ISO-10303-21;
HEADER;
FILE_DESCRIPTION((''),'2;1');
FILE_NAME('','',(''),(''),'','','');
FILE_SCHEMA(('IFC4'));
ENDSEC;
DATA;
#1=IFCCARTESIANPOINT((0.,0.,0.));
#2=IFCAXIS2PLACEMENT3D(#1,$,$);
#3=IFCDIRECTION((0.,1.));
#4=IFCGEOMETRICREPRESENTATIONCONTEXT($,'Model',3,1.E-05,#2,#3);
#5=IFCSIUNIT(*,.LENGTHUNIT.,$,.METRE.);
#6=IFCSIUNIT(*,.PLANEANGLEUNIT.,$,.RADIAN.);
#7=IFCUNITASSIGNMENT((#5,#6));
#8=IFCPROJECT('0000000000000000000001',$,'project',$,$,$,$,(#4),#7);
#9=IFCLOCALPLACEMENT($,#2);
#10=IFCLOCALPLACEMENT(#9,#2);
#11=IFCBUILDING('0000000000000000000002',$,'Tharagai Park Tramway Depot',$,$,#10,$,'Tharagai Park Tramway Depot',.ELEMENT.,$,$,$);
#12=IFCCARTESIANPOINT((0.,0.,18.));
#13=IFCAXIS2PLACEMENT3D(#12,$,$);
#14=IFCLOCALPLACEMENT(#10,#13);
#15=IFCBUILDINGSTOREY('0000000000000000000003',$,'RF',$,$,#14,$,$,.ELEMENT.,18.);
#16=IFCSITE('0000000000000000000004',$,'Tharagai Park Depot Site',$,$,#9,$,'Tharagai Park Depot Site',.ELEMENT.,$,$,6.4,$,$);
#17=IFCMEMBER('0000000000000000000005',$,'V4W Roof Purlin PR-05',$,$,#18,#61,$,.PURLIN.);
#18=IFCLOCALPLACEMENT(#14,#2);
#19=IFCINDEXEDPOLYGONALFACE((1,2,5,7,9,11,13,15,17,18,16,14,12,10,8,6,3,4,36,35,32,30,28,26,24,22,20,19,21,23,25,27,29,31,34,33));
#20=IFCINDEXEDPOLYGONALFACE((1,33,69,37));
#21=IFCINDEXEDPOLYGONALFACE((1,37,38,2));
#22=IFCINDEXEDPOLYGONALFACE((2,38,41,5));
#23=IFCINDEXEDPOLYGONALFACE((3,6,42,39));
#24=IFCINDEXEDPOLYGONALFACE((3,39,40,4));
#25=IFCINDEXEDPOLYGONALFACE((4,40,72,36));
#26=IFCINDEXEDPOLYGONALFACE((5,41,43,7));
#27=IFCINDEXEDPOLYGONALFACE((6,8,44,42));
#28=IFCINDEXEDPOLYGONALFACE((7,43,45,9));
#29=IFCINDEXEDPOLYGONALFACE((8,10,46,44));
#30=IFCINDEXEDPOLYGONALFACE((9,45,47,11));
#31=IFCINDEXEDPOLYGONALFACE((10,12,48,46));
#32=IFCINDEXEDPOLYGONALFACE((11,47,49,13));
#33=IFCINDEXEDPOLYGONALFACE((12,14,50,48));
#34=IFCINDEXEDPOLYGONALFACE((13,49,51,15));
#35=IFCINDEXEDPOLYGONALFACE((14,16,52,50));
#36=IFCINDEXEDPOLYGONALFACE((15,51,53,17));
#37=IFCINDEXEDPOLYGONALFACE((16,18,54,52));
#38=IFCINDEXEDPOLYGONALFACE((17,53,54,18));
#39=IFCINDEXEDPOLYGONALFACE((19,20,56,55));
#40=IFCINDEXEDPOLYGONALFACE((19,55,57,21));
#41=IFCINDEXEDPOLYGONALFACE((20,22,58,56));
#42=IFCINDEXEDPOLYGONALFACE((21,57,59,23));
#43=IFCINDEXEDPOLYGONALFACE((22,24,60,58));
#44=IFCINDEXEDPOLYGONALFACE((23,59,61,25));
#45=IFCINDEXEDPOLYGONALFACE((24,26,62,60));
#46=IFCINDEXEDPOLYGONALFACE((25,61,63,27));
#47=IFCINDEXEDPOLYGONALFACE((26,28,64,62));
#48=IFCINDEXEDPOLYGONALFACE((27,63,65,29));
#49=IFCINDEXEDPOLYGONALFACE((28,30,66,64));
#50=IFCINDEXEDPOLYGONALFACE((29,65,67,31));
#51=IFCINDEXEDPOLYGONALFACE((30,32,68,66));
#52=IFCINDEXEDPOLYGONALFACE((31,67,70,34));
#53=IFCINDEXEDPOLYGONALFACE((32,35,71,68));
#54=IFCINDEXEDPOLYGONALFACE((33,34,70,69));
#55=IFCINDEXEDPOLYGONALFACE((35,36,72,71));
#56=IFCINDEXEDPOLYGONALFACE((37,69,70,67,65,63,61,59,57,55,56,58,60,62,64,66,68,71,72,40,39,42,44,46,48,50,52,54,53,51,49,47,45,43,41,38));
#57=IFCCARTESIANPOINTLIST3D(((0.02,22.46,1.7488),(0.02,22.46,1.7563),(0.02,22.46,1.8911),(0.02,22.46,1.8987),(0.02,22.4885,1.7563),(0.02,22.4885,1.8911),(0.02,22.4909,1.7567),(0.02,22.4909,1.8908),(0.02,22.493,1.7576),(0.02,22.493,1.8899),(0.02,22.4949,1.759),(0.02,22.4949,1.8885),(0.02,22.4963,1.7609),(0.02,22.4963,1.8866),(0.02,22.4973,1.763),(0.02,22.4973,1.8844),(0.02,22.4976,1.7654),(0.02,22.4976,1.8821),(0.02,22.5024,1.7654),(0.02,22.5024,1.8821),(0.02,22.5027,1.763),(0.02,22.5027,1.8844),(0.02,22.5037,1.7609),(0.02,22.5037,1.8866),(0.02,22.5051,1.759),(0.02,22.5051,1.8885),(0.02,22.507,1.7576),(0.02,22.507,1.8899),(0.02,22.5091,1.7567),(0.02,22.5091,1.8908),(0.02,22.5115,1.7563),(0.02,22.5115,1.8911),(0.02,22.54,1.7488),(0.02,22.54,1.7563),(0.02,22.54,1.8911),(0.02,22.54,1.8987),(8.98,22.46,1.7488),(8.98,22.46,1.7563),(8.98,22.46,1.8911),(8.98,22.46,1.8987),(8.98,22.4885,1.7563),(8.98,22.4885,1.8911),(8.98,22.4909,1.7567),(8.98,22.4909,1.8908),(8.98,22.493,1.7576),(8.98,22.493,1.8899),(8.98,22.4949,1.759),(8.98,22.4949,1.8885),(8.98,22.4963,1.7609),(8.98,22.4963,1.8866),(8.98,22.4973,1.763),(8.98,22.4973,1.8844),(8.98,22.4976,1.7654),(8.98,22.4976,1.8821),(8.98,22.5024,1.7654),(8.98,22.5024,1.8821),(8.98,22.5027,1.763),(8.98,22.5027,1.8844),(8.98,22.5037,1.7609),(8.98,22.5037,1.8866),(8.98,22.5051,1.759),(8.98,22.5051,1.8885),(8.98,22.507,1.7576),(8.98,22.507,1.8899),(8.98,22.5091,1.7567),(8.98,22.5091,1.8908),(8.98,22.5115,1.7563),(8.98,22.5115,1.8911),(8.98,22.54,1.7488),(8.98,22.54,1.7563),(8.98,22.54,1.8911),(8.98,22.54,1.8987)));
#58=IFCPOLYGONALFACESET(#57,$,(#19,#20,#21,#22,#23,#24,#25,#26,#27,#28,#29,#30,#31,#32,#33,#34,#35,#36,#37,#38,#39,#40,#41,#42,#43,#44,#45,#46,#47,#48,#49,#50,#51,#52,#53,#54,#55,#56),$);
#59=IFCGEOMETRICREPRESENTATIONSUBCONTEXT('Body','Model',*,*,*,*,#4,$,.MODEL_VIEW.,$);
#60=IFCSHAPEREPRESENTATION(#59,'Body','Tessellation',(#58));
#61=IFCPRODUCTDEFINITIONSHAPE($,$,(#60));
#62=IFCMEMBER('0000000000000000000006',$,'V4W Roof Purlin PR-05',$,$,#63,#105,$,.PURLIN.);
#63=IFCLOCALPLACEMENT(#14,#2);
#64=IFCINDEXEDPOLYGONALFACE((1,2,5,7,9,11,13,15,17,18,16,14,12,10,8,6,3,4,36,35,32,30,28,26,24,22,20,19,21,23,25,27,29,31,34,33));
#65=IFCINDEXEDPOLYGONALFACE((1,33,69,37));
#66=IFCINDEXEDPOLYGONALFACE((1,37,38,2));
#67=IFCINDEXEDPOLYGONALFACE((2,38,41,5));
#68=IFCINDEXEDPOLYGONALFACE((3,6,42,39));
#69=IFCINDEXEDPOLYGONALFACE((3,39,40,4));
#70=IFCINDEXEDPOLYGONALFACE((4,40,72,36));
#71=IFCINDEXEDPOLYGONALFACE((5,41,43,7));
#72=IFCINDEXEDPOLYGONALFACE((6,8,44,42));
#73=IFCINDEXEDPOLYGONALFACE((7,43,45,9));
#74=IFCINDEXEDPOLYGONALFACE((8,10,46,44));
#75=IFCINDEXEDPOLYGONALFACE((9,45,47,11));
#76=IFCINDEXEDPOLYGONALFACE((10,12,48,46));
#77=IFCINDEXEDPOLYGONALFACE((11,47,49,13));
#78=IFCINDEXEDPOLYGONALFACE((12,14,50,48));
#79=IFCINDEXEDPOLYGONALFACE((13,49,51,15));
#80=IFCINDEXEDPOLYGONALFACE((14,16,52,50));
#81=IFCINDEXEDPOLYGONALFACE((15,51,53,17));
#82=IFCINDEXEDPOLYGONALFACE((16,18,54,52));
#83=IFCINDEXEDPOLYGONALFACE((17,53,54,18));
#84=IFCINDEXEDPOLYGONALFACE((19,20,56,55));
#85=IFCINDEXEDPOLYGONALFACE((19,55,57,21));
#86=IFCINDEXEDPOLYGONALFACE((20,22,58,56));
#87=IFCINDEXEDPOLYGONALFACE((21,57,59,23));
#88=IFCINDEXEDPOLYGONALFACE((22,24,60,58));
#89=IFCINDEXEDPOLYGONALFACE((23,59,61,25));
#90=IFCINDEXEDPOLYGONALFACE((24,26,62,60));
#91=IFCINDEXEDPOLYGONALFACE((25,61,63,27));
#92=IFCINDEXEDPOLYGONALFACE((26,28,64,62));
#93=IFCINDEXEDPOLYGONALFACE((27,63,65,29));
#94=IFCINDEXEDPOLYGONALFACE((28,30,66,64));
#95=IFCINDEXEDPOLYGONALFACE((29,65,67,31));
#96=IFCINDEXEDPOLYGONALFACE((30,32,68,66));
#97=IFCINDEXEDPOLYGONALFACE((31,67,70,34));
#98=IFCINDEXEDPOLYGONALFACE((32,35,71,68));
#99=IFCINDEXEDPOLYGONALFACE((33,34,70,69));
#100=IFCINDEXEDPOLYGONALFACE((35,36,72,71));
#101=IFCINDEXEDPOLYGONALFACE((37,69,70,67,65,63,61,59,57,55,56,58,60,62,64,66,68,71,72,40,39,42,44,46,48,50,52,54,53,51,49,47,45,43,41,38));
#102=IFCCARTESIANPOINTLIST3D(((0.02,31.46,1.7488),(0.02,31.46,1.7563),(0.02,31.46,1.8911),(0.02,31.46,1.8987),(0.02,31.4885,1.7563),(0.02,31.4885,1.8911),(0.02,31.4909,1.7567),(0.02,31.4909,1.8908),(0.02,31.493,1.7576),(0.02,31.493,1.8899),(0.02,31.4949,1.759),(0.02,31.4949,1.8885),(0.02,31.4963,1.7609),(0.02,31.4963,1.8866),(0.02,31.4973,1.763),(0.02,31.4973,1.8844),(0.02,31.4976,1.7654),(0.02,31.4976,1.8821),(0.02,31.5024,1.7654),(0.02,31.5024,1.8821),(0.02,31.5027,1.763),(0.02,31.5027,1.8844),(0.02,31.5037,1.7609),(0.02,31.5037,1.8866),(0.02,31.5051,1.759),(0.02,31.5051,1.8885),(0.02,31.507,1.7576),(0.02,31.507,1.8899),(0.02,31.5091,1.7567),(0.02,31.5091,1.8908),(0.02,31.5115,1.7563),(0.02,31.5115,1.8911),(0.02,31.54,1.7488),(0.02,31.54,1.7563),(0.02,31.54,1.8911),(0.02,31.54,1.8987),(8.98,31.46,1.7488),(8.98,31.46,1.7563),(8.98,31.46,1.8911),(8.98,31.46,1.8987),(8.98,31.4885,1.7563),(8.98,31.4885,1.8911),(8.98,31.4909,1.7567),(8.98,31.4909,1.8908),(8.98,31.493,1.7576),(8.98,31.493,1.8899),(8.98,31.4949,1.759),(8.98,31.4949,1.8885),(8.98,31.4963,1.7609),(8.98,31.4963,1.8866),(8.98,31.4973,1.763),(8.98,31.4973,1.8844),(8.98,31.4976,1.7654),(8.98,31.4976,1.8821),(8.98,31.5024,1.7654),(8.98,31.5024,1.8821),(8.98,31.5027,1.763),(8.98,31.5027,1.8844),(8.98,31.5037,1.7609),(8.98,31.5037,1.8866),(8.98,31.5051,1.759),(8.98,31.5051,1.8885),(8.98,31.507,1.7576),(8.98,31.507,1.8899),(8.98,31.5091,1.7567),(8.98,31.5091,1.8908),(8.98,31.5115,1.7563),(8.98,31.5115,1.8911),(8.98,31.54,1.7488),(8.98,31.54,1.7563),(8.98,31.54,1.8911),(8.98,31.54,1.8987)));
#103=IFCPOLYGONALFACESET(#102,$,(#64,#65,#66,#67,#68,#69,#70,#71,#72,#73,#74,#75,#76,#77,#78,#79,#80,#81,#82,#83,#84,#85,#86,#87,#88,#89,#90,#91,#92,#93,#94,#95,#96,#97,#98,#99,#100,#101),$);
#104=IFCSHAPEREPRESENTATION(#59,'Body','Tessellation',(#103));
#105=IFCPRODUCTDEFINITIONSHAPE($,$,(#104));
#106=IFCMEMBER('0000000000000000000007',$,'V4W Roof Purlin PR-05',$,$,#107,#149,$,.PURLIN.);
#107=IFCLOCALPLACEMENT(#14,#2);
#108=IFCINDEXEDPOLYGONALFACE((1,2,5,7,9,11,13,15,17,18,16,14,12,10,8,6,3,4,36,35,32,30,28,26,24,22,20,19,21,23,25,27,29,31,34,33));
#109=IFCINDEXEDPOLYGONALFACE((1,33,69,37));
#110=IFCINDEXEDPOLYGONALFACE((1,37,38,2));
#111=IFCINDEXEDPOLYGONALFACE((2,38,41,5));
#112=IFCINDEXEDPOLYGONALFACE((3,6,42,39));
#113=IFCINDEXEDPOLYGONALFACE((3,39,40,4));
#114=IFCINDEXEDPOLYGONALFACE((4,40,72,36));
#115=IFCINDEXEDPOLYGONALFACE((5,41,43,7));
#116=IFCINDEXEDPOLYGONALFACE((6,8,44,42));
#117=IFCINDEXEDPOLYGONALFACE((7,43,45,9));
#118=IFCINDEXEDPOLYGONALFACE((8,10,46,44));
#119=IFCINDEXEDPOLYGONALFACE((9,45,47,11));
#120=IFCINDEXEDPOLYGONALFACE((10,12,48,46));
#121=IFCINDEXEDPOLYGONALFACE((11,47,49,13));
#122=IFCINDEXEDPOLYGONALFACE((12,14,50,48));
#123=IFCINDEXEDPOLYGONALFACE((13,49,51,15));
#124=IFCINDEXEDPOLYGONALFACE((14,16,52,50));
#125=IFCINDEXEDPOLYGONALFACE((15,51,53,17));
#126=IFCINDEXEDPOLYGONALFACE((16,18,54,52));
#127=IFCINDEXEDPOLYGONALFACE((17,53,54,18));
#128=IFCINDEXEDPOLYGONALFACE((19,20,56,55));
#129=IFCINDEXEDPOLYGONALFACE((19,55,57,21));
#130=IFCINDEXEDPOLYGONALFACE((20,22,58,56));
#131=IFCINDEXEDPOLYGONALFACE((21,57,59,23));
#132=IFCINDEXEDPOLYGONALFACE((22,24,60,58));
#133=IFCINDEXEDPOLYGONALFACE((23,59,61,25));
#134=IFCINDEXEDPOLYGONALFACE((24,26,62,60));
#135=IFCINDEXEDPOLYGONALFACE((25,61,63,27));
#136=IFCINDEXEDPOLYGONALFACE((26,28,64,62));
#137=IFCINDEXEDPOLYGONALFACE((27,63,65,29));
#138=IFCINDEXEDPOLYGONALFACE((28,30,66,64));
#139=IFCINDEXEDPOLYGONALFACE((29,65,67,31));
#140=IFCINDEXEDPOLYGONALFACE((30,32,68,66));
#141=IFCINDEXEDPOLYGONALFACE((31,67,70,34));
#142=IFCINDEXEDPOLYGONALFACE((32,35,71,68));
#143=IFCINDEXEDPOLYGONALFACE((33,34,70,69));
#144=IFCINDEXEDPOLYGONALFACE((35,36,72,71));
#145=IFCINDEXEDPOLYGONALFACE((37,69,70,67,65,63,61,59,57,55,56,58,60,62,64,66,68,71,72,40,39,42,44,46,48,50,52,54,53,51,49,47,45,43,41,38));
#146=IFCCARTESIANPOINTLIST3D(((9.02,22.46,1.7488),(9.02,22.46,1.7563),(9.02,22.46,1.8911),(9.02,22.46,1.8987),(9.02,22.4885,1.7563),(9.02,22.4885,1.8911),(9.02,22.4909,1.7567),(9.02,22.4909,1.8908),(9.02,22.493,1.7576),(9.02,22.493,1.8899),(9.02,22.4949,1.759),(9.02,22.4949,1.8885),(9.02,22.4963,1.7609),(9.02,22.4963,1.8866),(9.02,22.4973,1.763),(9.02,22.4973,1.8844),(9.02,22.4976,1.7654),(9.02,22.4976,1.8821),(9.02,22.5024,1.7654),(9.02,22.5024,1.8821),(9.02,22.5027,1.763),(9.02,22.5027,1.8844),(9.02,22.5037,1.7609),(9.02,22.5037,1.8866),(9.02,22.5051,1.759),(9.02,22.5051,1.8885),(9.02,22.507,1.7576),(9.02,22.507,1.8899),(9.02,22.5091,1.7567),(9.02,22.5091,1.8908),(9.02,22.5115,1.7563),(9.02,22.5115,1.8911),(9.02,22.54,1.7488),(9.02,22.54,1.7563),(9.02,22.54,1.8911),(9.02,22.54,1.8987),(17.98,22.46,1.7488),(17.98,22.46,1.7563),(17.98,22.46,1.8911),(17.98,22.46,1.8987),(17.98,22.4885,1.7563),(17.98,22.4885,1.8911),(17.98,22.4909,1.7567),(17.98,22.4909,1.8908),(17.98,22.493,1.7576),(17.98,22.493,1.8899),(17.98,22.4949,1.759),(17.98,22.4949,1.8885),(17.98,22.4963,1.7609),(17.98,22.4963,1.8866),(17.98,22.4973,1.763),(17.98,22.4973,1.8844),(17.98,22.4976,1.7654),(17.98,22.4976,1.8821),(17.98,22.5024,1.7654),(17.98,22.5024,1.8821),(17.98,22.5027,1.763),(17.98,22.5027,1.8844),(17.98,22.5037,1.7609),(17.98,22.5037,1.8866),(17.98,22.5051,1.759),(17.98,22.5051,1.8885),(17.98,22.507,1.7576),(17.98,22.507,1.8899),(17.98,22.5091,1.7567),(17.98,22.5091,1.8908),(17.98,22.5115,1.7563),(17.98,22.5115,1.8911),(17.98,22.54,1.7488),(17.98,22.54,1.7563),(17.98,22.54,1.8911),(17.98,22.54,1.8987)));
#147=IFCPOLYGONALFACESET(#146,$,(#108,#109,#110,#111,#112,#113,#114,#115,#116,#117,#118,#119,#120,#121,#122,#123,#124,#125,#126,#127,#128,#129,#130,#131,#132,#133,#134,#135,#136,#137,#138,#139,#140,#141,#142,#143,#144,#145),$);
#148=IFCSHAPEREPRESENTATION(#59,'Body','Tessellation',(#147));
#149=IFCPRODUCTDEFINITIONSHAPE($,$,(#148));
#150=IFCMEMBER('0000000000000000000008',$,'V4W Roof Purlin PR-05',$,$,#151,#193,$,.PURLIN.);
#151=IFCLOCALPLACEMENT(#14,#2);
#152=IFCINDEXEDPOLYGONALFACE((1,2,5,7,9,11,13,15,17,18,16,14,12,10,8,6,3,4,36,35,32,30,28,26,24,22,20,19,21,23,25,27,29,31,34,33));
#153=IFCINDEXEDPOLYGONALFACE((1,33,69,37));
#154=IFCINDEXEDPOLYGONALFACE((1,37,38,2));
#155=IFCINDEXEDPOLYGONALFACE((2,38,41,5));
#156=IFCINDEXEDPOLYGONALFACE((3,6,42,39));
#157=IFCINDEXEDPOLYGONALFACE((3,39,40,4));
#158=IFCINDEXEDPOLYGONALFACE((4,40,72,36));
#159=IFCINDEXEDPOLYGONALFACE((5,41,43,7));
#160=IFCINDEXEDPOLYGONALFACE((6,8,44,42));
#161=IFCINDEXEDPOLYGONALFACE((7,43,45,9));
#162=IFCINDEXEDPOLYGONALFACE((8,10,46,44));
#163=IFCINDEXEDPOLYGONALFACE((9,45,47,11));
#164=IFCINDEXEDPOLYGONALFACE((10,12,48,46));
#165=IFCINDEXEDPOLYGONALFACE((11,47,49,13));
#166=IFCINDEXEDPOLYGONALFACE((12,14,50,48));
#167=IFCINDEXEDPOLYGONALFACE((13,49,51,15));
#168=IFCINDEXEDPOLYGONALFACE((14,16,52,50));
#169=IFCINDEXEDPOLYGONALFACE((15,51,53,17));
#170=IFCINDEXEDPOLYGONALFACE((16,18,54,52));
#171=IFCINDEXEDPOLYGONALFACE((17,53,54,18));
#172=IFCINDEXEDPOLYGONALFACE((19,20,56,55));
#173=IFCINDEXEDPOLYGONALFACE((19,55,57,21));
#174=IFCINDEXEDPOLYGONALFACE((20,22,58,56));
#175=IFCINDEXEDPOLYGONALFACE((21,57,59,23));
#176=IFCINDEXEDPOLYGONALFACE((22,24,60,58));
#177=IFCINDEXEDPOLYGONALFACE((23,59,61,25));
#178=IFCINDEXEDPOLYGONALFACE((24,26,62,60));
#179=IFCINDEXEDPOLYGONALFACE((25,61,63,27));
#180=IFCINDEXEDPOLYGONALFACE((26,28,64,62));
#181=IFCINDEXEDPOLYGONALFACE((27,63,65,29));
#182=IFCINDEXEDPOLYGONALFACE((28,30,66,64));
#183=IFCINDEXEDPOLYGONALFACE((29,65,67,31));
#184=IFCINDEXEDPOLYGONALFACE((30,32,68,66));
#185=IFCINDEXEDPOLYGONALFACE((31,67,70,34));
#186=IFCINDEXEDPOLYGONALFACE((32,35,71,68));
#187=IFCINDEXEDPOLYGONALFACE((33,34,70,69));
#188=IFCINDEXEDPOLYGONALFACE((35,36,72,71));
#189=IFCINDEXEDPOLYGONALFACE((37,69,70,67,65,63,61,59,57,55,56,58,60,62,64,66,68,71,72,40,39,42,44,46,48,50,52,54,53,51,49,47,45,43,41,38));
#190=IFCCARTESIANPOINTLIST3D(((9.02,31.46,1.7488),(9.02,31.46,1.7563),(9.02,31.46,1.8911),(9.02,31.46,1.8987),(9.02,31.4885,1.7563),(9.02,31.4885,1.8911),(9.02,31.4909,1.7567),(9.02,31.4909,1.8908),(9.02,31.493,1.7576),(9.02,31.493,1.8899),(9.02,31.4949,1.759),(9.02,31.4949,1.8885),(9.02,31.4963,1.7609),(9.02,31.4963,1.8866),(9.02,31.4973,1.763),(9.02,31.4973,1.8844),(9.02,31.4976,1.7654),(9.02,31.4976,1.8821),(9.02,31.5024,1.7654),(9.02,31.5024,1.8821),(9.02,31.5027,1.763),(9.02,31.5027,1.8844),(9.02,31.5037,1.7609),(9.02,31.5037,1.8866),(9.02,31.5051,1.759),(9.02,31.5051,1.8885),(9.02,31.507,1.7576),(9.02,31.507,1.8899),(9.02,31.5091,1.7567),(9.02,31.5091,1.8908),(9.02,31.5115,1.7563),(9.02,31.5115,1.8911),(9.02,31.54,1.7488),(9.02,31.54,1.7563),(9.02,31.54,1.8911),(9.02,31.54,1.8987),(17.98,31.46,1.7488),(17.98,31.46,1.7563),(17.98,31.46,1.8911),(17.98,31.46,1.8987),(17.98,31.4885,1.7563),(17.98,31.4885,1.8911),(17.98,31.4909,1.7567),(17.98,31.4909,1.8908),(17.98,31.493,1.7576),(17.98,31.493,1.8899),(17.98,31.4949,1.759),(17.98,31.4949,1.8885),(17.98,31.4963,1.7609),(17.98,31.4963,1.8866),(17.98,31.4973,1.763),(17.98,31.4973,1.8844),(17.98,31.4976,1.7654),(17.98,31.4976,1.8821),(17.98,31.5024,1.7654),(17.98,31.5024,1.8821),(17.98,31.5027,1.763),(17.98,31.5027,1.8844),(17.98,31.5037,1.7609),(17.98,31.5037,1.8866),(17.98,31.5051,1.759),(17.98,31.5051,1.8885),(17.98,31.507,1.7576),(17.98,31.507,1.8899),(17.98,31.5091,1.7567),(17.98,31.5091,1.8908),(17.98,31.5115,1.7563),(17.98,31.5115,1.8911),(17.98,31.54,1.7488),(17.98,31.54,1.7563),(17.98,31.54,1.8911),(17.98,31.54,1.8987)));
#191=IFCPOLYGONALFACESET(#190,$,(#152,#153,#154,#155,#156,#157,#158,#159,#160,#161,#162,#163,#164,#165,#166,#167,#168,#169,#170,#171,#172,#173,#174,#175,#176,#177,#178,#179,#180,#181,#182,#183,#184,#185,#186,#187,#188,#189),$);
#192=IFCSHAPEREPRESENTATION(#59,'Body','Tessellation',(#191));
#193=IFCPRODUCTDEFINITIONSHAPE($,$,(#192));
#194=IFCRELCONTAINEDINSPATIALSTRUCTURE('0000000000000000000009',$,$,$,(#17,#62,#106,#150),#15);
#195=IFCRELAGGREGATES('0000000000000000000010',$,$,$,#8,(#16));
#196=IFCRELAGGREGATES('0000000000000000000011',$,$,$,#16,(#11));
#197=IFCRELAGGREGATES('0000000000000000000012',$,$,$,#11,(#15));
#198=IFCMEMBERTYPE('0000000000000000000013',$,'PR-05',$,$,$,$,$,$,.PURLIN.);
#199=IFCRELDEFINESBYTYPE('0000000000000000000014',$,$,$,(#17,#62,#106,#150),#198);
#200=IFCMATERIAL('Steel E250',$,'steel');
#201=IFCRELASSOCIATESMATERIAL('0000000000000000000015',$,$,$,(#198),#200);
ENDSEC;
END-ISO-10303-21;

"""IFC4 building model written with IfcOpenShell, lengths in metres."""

from ifc_helpers import new_model, si_unit, direction, frame, origin, origin_2d, place, context, subcontext, project, spatial, i_section, extrude, material, material_profile, profile_set, type_object, element, save


model = new_model("IFC4")

# Units and contexts
model_context = context("Model", 3, precision=1e-05, world=origin(), true_north=direction((0.0, 1.0)))
body_context = subcontext(model_context, "Body", "Model", "MODEL_VIEW")
ifc_project = project(units=[si_unit("LENGTHUNIT", "METRE"), si_unit("PLANEANGLEUNIT", "RADIAN")], contexts=[model_context])

# Site, building, storey
site_placement = place(None, origin())
site = spatial("IfcSite", under=ifc_project, at=site_placement, Name="Tharagai Park Depot Site", LongName="Tharagai Park Depot Site", CompositionType="ELEMENT", RefElevation=6.4)
building_placement = place(site_placement, origin())
building = spatial("IfcBuilding", under=site, at=building_placement, Name="Tharagai Park Tramway Depot", LongName="Tharagai Park Tramway Depot", CompositionType="ELEMENT")
storey_placement = place(building_placement, frame((0.0, 0.0, 18.0)))
storey = spatial("IfcBuildingStorey", under=building, at=storey_placement, Name="RF", CompositionType="ELEMENT", Elevation=18.0)

# Members
ifc_material_1 = material(Name="Steel E250", Category="steel")
ifc_material_profile_1 = material_profile(ifc_material_1, i_section(OverallWidth=0.0801, OverallDepth=0.1499, WebThickness=0.0049, FlangeThickness=0.0076, FilletRadius=0.009, at=origin_2d()), Name="ISMB 150")
ifc_profile_set_1 = profile_set([ifc_material_profile_1], Name="Steel E250")
member_type_1 = type_object("IfcMemberType", Name="PR-05", PredefinedType="PURLIN", material=ifc_profile_set_1)
for number, where, z_axis, x_axis, name in (
    (1, (0.02, 22.5, 1.8237), (1.0, 0.0, 0.0), (0.0, 1.0, 0.0), "V4W Roof Purlin PR-05"),
    (2, (0.02, 31.5, 1.8237), (1.0, 0.0, 0.0), (0.0, 1.0, 0.0), "V4W Roof Purlin PR-05"),
    (3, (9.02, 22.5, 1.8237), (1.0, 0.0, 0.0), (0.0, 1.0, 0.0), "V4W Roof Purlin PR-05"),
    (4, (9.02, 31.5, 1.8237), (1.0, 0.0, 0.0), (0.0, 1.0, 0.0), "V4W Roof Purlin PR-05"),
):
    element("IfcMember", number, at=place(storey_placement, frame(where, z_axis=z_axis, x_axis=x_axis)), inside=storey, type_object=member_type_1, Name=name, PredefinedType="PURLIN", context=body_context, shape_type="SweptSolid", body=[
        extrude(i_section(OverallWidth=0.0801, OverallDepth=0.1499, WebThickness=0.0049, FlangeThickness=0.0076, FilletRadius=0.009, at=origin_2d()), origin(), (0.0, 0.0, 1.0), 8.96),
    ])

save(model, "model.ifc")
